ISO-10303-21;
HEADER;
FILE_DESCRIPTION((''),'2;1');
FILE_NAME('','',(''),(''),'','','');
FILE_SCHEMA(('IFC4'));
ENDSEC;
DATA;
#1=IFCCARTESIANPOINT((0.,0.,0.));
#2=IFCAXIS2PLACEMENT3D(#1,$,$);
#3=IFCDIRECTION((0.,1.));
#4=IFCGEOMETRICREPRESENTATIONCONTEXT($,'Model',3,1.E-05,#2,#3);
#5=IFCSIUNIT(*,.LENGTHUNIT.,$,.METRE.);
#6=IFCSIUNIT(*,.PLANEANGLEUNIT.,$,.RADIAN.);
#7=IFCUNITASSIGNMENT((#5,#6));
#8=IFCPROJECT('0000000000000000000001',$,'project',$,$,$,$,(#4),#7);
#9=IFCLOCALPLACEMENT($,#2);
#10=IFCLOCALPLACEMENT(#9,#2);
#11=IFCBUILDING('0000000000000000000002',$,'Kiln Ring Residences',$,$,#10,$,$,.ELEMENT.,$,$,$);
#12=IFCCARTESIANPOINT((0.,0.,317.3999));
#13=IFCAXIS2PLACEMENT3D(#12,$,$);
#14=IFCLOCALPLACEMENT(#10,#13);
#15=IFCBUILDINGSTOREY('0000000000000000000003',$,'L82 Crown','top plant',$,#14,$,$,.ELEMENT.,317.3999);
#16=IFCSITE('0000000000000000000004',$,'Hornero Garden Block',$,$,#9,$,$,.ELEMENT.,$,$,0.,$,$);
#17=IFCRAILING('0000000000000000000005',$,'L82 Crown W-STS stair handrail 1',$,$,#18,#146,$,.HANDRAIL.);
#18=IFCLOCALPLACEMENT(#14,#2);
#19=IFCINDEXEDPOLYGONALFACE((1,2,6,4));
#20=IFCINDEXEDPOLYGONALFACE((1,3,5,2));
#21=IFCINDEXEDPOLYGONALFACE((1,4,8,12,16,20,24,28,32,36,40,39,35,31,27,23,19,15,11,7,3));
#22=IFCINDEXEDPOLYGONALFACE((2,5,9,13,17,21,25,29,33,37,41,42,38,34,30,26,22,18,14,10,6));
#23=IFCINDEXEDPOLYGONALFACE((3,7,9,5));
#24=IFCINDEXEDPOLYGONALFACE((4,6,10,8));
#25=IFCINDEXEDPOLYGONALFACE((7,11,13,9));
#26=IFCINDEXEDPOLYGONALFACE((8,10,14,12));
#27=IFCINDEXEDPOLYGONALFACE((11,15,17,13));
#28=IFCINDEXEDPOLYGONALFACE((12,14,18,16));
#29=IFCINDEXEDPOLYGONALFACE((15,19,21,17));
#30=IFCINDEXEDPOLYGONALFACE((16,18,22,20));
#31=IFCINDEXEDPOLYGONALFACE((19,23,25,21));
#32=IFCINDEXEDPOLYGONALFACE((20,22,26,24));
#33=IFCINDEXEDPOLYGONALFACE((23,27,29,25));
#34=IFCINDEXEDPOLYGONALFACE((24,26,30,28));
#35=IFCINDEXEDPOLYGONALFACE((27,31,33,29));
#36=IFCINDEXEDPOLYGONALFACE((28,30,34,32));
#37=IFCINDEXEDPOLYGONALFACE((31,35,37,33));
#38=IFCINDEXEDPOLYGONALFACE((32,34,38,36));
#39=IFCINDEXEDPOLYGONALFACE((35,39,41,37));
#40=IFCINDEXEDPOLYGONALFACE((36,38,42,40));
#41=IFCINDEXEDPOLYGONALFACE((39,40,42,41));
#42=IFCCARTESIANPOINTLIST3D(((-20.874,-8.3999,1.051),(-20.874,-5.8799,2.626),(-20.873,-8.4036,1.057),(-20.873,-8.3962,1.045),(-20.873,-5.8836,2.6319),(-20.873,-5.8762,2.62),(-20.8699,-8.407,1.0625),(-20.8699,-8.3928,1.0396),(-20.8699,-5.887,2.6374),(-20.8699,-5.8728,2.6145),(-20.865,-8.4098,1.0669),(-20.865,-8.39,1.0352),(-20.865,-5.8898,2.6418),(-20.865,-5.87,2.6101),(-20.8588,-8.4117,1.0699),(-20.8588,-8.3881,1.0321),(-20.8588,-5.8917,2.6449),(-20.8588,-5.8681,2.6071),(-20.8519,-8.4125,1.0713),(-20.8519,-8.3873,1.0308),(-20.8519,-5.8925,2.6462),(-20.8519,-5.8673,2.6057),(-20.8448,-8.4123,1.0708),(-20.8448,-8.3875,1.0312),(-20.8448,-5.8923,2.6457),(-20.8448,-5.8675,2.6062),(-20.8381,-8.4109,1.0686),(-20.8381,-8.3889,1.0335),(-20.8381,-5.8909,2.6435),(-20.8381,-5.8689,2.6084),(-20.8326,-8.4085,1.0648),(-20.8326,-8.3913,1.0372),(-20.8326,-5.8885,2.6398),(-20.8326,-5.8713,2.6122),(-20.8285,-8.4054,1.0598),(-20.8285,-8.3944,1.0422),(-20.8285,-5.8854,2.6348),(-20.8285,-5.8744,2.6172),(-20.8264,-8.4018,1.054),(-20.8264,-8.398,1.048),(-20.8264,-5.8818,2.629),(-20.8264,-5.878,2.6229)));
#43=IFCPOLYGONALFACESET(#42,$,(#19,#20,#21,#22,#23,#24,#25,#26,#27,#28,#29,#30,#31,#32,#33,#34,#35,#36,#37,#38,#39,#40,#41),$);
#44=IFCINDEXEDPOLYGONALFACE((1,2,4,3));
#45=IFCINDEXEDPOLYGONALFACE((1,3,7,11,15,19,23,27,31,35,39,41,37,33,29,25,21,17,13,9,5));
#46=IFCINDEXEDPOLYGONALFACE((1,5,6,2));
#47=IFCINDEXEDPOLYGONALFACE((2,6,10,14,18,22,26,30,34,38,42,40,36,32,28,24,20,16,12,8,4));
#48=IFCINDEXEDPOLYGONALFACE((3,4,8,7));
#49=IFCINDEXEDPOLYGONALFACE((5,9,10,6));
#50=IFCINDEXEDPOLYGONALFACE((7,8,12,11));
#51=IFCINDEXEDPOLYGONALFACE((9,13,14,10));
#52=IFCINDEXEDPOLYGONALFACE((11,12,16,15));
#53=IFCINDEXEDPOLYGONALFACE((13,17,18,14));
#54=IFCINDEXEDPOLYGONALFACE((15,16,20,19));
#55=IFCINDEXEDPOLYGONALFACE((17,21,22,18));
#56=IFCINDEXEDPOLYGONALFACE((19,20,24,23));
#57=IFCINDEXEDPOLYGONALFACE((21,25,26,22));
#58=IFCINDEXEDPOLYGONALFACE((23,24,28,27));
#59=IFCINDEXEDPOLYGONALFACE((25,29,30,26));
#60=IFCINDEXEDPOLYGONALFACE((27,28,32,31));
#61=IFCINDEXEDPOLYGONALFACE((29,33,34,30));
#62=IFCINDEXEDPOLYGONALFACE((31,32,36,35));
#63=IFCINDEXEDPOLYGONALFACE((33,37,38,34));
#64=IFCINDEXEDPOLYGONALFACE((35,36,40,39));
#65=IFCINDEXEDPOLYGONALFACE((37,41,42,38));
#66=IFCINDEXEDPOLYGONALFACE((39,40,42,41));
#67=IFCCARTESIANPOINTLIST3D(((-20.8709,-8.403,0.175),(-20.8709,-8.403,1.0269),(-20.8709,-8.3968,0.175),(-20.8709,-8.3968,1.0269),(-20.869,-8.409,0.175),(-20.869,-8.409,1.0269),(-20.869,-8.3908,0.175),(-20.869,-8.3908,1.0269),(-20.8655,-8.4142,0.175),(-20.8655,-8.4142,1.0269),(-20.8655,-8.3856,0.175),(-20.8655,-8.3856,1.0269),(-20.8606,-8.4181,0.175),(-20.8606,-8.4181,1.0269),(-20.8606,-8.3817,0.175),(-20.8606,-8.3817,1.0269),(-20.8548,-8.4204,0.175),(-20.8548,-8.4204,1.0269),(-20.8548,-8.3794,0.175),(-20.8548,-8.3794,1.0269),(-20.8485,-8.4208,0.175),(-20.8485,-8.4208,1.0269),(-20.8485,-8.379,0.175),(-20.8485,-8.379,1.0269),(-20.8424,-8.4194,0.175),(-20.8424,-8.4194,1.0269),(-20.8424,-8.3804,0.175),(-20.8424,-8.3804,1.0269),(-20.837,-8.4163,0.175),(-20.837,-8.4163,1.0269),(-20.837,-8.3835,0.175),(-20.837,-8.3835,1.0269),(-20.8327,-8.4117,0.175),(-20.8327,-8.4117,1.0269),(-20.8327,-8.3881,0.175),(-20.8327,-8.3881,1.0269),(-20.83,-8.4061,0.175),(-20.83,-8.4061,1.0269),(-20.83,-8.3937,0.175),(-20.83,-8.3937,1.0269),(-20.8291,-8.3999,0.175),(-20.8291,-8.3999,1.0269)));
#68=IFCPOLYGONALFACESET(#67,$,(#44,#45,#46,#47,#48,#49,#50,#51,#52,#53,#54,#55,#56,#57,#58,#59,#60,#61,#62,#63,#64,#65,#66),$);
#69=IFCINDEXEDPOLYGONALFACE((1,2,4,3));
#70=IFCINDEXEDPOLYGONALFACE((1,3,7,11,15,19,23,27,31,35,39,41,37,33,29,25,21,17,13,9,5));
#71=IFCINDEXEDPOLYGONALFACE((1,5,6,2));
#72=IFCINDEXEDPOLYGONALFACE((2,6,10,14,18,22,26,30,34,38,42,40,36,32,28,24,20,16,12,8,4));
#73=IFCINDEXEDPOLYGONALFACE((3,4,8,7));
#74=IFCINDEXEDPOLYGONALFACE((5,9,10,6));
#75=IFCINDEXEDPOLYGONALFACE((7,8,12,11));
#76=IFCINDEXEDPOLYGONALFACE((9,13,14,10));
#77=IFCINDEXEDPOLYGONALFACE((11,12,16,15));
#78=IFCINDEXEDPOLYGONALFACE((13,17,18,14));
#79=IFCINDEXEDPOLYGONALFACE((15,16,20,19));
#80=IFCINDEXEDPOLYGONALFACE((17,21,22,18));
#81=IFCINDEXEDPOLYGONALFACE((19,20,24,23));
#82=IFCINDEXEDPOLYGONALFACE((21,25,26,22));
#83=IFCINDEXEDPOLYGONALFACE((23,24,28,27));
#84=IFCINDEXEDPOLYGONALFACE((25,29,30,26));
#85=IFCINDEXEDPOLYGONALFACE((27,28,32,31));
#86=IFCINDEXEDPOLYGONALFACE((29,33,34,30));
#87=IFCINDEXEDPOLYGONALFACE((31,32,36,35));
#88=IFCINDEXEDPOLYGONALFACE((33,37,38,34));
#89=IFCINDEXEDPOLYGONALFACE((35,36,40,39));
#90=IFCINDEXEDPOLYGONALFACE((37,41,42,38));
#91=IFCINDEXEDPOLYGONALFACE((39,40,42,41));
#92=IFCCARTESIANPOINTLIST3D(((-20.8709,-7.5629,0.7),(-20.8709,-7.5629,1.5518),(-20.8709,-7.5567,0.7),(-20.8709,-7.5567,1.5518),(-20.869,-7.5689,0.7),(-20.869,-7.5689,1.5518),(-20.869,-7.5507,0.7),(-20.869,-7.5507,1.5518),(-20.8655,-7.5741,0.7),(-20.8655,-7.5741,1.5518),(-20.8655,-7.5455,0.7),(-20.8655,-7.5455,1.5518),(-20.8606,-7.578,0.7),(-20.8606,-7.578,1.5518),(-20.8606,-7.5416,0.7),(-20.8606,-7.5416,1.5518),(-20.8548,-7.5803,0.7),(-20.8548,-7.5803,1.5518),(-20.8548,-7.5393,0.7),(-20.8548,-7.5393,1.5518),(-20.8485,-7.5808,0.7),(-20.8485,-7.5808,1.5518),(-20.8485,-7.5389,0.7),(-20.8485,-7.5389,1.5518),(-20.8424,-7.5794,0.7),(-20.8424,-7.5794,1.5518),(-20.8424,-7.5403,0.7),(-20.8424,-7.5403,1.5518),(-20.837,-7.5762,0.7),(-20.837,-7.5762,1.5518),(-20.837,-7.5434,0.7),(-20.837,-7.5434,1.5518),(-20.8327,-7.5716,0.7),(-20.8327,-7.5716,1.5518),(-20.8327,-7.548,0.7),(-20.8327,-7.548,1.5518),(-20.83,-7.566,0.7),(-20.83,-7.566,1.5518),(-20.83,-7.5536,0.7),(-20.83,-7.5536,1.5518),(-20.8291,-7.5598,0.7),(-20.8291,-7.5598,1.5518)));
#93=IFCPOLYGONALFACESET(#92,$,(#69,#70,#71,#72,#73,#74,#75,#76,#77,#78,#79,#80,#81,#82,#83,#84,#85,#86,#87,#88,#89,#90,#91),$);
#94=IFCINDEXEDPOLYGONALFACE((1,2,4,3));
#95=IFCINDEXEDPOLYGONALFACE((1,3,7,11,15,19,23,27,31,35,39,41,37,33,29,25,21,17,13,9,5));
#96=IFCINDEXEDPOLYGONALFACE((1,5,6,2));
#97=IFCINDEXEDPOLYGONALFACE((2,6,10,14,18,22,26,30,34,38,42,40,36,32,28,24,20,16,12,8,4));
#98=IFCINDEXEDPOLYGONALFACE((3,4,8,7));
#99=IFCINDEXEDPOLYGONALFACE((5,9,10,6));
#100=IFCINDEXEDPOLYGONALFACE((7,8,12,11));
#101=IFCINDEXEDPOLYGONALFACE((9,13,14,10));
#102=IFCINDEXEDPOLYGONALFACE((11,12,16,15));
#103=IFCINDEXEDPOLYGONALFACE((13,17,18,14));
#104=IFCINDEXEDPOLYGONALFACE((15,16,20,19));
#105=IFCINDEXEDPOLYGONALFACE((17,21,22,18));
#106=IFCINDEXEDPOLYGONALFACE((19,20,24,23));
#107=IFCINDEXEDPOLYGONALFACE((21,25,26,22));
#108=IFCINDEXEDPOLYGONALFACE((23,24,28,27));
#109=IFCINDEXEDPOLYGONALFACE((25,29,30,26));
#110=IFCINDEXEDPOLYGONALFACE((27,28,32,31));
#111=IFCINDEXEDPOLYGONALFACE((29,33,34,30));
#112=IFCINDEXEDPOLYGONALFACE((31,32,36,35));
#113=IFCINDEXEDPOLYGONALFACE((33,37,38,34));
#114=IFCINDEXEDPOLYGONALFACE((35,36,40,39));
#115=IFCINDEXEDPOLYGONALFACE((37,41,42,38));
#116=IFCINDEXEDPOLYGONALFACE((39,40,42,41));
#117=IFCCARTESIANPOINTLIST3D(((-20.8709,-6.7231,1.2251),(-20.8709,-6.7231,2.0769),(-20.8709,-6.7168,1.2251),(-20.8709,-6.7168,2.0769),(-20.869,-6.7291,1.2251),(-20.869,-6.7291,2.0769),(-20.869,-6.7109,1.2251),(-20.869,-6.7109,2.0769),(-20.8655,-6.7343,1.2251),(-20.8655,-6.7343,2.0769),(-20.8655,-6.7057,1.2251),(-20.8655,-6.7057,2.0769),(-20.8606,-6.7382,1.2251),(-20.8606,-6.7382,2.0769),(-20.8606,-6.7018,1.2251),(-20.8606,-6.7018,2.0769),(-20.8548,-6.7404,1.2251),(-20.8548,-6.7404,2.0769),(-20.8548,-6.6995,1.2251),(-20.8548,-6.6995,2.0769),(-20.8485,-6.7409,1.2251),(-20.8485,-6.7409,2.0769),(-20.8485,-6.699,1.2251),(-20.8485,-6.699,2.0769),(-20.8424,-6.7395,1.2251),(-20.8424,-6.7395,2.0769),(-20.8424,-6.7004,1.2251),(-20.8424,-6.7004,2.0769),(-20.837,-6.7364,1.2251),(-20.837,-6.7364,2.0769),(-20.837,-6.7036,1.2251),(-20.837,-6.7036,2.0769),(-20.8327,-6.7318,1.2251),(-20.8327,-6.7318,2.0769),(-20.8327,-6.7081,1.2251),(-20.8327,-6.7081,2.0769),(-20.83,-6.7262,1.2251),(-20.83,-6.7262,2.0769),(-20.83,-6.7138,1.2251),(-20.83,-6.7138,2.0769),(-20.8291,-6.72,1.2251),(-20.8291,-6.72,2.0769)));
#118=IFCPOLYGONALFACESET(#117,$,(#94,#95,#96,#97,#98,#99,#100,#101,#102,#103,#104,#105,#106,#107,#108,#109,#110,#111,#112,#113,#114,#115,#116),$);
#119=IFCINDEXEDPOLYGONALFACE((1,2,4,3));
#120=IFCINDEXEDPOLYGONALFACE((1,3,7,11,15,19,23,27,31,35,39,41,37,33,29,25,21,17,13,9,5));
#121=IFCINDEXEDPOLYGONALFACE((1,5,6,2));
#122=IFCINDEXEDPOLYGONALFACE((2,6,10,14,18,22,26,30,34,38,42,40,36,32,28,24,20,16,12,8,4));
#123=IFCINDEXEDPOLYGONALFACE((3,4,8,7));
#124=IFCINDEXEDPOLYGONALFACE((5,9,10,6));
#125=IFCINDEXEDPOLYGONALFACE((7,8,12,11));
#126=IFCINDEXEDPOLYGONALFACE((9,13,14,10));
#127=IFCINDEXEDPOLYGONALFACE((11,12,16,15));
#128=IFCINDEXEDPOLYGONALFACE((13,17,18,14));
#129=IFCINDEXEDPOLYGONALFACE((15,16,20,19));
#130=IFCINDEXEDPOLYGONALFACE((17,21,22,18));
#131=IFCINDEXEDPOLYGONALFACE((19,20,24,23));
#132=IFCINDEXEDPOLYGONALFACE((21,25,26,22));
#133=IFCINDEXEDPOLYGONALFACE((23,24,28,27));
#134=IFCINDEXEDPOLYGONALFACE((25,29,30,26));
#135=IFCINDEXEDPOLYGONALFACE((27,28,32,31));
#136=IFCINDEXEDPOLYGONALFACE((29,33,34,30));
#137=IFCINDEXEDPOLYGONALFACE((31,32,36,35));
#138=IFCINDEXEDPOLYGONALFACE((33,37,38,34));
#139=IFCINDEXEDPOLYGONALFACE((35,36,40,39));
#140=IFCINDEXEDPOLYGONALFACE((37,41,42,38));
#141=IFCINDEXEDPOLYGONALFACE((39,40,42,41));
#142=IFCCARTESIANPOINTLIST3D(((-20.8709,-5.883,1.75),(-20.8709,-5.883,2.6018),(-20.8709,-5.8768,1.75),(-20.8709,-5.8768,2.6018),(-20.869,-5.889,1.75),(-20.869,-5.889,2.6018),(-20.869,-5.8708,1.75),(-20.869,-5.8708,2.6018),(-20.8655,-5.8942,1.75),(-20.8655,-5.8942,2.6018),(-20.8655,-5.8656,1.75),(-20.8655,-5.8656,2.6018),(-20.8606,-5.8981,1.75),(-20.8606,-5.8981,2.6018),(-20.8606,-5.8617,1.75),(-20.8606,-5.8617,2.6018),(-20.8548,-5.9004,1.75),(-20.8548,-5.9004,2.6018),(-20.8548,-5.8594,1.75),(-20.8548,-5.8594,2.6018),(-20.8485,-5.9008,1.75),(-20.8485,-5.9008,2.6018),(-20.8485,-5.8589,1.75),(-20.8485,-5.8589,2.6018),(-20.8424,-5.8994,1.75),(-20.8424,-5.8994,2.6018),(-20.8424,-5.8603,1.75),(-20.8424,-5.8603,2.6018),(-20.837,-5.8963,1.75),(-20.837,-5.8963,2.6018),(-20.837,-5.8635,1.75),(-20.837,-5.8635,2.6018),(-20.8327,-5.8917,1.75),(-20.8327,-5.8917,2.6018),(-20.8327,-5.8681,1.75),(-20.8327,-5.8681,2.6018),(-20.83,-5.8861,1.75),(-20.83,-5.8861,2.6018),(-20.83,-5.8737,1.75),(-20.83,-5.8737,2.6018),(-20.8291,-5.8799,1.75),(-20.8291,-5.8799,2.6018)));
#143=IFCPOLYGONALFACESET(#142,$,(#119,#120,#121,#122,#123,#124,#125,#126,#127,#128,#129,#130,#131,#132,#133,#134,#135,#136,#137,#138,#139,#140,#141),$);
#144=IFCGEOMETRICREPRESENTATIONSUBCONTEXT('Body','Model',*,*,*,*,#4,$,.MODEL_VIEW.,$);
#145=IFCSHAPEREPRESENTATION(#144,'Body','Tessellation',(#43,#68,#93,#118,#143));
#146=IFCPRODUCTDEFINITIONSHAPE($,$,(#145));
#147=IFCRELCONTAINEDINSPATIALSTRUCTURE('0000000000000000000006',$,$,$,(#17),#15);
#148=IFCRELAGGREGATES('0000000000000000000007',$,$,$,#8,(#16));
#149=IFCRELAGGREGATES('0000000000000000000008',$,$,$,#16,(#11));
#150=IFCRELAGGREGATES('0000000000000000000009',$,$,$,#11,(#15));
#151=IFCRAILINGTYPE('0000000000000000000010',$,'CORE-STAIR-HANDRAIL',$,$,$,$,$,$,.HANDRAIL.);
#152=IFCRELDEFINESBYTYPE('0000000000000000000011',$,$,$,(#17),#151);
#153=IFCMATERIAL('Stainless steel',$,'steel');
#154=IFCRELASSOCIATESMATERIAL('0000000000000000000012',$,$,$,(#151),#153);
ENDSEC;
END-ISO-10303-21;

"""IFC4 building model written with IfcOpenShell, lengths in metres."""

from ifc_helpers import new_model, si_unit, direction, frame, origin, origin_2d, place, context, subcontext, project, spatial, circle, extrude, material, type_object, element, save


model = new_model("IFC4")

# Units and contexts
model_context = context("Model", 3, precision=1e-05, world=origin(), true_north=direction((0.0, 1.0)))
body_context = subcontext(model_context, "Body", "Model", "MODEL_VIEW")
ifc_project = project(units=[si_unit("LENGTHUNIT", "METRE"), si_unit("PLANEANGLEUNIT", "RADIAN")], contexts=[model_context])

# Site, building, storey
site_placement = place(None, origin())
site = spatial("IfcSite", under=ifc_project, at=site_placement, Name="Hornero Garden Block", CompositionType="ELEMENT", RefElevation=0.0)
building_placement = place(site_placement, origin())
building = spatial("IfcBuilding", under=site, at=building_placement, Name="Kiln Ring Residences", CompositionType="ELEMENT")
storey_placement = place(building_placement, frame((0.0, 0.0, 317.3999)))
storey = spatial("IfcBuildingStorey", under=building, at=storey_placement, Name="L82 Crown", Description="top plant", CompositionType="ELEMENT", Elevation=317.3999)

# Railing
ifc_material_1 = material(Name="Stainless steel", Category="steel")
railing_type_1 = type_object("IfcRailingType", Name="CORE-STAIR-HANDRAIL", PredefinedType="HANDRAIL", material=ifc_material_1)
railing_1_placement = place(storey_placement, frame((-20.8501, -8.3999, 0.175)))
element("IfcRailing", 1, at=railing_1_placement, inside=storey, type_object=railing_type_1, Name="L82 Crown W-STS stair handrail 1", PredefinedType="HANDRAIL", context=body_context, shape_type="SweptSolid", body=[
    extrude(circle(Radius=0.0239, at=origin_2d()), frame((0.0, 0.0, 0.876), z_axis=(0.0, 0.848008, 0.529984), x_axis=(-1.0, 0.0, 0.0)), (0.0, 0.0, 1.0), 2.9717),
    extrude(circle(Radius=0.021, at=origin_2d()), origin(), (0.0, 0.0, 1.0), 0.8518),
    extrude(circle(Radius=0.021, at=origin_2d()), frame((0.0, 0.8401, 0.5249)), (0.0, 0.0, 1.0), 0.8518),
    extrude(circle(Radius=0.021, at=origin_2d()), frame((0.0, 1.6799, 1.05)), (0.0, 0.0, 1.0), 0.8518),
    extrude(circle(Radius=0.021, at=origin_2d()), frame((0.0, 2.52, 1.575)), (0.0, 0.0, 1.0), 0.8518),
])

save(model, "model.ifc")
